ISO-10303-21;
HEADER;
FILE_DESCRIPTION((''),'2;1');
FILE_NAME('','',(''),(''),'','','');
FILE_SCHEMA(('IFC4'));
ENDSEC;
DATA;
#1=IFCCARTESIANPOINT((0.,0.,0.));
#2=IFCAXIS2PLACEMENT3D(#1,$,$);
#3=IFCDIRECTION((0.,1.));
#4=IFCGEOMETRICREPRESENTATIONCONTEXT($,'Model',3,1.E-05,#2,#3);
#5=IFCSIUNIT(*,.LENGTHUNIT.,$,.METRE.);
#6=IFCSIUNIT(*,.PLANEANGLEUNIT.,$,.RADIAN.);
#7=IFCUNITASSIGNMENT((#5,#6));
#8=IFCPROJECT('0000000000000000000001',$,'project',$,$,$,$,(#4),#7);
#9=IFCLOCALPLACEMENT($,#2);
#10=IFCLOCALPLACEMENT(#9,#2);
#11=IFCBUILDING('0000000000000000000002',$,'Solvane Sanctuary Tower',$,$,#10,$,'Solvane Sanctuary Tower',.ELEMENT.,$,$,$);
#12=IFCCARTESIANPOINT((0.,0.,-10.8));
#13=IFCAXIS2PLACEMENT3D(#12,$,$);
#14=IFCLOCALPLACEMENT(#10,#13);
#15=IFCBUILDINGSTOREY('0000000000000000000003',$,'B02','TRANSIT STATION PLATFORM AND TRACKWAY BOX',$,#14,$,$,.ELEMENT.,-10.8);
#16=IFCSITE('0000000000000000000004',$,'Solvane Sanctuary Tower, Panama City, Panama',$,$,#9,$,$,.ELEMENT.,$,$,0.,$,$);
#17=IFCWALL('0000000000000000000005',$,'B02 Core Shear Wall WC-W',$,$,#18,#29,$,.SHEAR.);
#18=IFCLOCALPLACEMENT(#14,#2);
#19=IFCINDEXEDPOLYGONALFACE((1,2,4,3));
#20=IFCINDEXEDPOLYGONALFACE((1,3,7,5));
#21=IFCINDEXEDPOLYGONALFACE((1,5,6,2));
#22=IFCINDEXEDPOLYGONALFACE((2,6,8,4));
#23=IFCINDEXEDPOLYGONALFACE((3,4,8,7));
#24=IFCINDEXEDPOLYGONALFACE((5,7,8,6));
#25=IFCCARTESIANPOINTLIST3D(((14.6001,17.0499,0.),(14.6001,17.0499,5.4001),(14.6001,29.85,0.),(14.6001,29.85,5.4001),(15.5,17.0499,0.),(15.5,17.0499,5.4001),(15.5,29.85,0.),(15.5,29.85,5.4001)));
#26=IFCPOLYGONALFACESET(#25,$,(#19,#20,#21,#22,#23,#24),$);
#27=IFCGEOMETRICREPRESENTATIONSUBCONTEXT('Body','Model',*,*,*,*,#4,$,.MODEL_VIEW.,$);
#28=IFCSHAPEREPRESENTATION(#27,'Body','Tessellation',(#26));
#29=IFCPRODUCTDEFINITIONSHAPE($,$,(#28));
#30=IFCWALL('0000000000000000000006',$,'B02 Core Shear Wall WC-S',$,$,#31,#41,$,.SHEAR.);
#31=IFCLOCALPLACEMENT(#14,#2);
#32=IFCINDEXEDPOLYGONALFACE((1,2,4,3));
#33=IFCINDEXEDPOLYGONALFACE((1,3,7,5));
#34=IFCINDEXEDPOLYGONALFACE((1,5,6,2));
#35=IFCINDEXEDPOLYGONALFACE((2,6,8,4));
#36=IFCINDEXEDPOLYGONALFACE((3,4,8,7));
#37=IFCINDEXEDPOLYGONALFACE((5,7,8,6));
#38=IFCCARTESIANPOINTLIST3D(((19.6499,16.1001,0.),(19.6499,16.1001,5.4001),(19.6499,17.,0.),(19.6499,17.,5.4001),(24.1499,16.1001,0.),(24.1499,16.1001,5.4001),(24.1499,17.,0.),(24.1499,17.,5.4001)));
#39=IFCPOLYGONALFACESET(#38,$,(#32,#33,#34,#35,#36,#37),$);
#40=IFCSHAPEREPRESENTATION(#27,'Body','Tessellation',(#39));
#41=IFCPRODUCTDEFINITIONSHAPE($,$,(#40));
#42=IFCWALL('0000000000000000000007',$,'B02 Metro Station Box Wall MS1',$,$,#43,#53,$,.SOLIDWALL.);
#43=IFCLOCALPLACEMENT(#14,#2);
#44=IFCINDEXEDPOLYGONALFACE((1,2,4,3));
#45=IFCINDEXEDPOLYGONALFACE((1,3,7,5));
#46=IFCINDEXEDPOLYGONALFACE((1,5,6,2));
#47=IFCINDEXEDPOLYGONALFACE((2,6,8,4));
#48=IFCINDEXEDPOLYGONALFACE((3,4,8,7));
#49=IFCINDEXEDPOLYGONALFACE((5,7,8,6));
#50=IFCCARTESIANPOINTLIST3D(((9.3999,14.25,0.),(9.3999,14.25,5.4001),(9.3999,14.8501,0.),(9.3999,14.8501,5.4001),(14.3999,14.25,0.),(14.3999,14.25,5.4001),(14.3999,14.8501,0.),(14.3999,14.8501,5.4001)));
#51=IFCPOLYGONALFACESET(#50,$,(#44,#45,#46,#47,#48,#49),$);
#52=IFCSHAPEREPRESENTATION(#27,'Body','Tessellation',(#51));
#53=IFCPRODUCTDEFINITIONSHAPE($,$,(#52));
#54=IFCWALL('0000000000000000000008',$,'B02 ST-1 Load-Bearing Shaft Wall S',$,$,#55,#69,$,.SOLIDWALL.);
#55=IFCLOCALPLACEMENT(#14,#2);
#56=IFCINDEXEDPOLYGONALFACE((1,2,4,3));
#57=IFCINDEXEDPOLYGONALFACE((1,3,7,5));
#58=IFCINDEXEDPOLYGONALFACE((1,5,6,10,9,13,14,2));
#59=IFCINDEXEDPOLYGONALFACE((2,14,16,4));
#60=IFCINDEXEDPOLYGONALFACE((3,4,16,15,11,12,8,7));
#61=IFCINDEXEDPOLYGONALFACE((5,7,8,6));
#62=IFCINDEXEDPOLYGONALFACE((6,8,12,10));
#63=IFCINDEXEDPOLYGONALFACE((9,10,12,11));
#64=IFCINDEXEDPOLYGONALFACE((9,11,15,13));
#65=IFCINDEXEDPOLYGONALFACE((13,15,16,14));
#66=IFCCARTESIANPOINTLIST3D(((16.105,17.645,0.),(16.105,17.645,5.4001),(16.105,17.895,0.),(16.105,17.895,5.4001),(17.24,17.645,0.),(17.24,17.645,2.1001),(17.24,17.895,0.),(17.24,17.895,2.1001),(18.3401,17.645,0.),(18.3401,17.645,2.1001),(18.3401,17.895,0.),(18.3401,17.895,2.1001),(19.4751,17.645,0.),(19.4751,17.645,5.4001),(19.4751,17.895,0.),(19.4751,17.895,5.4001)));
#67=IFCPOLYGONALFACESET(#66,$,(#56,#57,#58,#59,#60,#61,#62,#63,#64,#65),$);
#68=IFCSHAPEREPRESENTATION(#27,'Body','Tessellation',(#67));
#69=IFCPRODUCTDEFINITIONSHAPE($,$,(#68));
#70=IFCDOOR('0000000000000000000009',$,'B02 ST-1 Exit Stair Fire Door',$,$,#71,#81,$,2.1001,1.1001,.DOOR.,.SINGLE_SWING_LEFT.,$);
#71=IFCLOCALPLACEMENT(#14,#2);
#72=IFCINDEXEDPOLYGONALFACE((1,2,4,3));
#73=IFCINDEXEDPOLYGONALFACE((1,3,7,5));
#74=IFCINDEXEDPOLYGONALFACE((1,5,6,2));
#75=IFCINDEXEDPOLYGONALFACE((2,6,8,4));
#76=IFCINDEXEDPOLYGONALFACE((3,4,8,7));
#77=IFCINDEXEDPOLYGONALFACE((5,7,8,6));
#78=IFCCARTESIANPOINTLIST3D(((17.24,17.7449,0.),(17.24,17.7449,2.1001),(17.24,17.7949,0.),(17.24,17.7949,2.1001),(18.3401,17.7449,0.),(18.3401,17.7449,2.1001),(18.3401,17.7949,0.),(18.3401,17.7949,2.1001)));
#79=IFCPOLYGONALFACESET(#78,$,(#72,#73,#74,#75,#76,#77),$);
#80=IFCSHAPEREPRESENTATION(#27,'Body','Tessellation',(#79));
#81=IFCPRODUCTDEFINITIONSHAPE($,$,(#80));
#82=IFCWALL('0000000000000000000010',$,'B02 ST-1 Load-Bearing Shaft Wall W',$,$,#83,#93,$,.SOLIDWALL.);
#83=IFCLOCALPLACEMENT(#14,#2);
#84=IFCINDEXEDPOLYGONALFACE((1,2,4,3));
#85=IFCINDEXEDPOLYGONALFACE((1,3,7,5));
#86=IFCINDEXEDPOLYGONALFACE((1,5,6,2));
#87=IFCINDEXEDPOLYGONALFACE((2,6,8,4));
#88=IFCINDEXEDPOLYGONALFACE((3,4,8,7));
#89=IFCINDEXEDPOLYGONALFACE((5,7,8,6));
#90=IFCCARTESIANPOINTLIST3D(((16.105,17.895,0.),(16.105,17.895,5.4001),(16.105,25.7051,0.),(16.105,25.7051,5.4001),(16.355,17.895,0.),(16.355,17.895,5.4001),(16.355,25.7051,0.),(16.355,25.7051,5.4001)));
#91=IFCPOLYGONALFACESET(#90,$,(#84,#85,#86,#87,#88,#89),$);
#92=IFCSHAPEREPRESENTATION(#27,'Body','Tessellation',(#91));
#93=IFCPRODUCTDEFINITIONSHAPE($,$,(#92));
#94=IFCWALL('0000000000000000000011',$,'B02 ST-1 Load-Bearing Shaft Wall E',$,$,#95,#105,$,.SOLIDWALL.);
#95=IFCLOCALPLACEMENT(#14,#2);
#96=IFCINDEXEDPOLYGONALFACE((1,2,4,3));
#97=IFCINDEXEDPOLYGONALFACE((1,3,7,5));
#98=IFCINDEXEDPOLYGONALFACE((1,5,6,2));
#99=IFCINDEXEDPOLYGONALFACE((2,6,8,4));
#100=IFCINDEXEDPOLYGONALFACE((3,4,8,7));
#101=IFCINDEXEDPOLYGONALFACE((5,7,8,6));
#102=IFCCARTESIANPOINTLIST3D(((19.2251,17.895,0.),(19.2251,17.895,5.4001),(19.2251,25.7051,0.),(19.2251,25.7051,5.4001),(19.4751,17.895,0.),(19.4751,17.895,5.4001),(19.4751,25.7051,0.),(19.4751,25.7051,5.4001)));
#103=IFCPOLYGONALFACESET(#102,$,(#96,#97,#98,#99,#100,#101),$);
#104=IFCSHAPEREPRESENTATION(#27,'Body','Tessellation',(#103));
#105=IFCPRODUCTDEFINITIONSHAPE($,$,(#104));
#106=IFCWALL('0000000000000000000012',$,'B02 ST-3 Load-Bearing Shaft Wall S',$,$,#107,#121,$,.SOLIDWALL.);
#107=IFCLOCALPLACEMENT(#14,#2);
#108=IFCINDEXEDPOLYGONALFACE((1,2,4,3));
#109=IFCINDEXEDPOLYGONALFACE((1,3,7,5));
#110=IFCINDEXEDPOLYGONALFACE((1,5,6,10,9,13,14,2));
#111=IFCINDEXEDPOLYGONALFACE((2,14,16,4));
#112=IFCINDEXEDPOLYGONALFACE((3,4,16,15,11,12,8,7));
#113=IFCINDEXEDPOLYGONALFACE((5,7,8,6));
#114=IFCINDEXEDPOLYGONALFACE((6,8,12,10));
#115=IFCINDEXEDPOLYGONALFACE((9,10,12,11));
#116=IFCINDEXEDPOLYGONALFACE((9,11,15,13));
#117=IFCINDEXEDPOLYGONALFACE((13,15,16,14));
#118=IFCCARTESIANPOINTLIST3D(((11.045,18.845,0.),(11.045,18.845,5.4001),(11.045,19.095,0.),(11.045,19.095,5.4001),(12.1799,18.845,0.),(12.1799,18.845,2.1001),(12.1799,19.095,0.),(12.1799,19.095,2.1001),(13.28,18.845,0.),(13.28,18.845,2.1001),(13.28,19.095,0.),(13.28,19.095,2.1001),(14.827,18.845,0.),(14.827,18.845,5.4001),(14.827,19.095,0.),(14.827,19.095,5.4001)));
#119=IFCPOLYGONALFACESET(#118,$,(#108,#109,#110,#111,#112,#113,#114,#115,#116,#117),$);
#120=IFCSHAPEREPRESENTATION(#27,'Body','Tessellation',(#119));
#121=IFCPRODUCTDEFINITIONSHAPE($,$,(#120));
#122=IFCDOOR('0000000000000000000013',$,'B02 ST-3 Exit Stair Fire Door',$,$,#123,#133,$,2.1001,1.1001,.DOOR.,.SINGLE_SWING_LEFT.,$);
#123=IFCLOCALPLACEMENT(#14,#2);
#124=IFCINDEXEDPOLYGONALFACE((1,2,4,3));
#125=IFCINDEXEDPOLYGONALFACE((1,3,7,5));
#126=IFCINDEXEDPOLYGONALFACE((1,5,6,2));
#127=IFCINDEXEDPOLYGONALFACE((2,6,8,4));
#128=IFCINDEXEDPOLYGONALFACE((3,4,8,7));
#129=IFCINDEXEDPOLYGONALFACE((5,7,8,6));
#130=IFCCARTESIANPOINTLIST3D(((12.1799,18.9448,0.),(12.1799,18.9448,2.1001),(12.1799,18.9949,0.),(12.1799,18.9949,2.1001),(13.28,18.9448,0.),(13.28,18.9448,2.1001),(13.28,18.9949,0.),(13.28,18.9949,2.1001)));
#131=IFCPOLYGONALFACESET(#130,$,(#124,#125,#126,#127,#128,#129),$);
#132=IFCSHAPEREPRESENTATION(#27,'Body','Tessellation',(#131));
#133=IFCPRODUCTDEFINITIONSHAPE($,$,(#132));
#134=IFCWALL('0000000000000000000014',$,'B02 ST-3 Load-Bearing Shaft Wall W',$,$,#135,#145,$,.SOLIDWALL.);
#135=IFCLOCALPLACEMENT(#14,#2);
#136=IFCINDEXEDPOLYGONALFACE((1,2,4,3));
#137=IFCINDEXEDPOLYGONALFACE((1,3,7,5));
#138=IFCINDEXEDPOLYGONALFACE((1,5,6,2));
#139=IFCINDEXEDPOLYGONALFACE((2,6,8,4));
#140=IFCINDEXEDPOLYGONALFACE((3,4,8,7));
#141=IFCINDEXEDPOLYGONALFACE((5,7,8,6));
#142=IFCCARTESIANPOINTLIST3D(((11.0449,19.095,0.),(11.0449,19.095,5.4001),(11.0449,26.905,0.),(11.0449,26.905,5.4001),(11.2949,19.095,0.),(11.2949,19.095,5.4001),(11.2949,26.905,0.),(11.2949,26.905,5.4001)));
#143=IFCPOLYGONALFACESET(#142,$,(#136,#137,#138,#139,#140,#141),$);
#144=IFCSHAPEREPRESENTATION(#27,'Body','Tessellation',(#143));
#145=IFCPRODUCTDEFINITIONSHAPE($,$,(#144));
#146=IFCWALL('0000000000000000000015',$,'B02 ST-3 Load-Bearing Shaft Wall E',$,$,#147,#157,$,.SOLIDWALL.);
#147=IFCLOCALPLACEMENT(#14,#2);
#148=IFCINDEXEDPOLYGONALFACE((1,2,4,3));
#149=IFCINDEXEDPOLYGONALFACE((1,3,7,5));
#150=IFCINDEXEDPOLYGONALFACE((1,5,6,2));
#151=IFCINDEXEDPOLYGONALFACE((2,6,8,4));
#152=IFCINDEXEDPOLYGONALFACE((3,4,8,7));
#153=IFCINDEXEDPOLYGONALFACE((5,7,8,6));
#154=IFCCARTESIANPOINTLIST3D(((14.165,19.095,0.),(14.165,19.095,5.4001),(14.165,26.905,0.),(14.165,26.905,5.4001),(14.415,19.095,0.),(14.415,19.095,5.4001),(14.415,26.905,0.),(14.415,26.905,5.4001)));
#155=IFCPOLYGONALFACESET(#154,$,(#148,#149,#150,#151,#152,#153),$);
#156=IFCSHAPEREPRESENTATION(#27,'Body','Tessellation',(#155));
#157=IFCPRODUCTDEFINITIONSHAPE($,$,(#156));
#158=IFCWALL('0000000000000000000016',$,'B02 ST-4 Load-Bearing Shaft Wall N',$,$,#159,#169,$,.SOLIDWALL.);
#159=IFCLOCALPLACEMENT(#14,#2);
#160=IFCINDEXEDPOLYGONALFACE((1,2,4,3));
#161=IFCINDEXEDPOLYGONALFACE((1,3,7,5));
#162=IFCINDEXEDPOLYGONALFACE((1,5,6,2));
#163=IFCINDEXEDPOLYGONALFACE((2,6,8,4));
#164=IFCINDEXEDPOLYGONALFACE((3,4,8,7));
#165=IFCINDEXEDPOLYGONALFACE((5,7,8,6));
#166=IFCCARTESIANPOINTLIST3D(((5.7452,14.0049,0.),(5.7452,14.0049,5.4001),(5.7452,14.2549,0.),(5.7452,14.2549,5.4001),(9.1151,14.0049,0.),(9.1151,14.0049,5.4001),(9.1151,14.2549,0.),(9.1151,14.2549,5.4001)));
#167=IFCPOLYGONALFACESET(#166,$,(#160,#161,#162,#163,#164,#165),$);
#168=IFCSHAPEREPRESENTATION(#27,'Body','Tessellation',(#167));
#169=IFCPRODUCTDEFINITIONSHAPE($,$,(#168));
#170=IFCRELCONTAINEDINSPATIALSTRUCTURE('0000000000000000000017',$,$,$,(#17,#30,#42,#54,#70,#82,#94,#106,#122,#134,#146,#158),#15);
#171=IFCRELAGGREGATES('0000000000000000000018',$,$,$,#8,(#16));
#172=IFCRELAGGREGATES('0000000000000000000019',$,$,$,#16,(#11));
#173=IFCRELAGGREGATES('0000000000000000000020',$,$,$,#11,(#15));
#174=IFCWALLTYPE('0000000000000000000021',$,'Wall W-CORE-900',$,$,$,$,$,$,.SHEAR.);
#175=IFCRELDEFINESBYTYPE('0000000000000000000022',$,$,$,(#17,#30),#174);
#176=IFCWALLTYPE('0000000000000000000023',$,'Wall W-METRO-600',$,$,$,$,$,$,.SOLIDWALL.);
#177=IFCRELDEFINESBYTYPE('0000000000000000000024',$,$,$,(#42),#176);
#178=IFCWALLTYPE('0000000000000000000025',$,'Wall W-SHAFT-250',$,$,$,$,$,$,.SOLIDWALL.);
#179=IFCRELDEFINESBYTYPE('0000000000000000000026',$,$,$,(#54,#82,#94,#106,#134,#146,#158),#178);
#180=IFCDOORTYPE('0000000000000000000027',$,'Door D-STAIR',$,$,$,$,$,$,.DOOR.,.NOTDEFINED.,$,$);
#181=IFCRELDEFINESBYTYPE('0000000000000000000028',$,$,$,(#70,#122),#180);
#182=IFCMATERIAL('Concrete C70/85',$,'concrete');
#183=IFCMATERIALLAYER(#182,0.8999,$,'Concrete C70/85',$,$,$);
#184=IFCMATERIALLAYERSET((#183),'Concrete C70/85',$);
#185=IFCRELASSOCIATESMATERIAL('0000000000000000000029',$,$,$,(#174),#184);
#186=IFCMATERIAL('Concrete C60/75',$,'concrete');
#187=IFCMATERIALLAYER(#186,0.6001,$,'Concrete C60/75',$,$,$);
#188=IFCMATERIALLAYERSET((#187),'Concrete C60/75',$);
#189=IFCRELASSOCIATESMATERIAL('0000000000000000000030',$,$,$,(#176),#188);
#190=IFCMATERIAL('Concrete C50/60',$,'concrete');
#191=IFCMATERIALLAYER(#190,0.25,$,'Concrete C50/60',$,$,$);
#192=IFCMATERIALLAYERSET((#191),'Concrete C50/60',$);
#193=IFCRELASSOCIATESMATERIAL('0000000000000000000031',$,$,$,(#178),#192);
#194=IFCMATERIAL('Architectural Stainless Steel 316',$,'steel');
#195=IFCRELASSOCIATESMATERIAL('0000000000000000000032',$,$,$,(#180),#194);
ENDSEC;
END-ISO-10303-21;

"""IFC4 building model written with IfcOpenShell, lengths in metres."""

from ifc_helpers import new_model, si_unit, direction, frame, frame_2d, origin, place, context, subcontext, project, spatial, rectangle, extrude, material, layer, layer_set, type_object, element, fill, save


model = new_model("IFC4")

# Units and contexts
model_context = context("Model", 3, precision=1e-05, world=origin(), true_north=direction((0.0, 1.0)))
body_context = subcontext(model_context, "Body", "Model", "MODEL_VIEW")
ifc_project = project(units=[si_unit("LENGTHUNIT", "METRE"), si_unit("PLANEANGLEUNIT", "RADIAN")], contexts=[model_context])

# Site, building, storey
site_placement = place(None, origin())
site = spatial("IfcSite", under=ifc_project, at=site_placement, Name="Solvane Sanctuary Tower, Panama City, Panama", CompositionType="ELEMENT", RefElevation=0.0)
building_placement = place(site_placement, origin())
building = spatial("IfcBuilding", under=site, at=building_placement, Name="Solvane Sanctuary Tower", LongName="Solvane Sanctuary Tower", CompositionType="ELEMENT")
storey_placement = place(building_placement, frame((0.0, 0.0, -10.8)))
storey = spatial("IfcBuildingStorey", under=building, at=storey_placement, Name="B02", Description="TRANSIT STATION PLATFORM AND TRACKWAY BOX", CompositionType="ELEMENT", Elevation=-10.8)

# Shared definitions
ifc_material_1 = material(Name="Concrete C70/85", Category="concrete")

# Walls
ifc_layer_1 = layer(ifc_material_1, 0.8999, Name="Concrete C70/85")
ifc_layer_set_1 = layer_set([ifc_layer_1], Name="Concrete C70/85")
wall_type_1 = type_object("IfcWallType", Name="Wall W-CORE-900", PredefinedType="SHEAR", material=ifc_layer_set_1)
wall_1_placement = place(storey_placement, frame((15.05, 17.05, 0.0), z_axis=(0.0, 0.0, 1.0), x_axis=(0.0, 1.0, 0.0)))
element("IfcWall", 1, at=wall_1_placement, inside=storey, type_object=wall_type_1, Name="B02 Core Shear Wall WC-W", PredefinedType="SHEAR", context=body_context, shape_type="SweptSolid", body=[
    extrude(rectangle(XDim=12.8, YDim=0.8999, at=frame_2d((6.3999, 0.0))), origin(), (0.0, 0.0, 1.0), 5.4001),
])
wall_2_placement = place(storey_placement, frame((19.6499, 16.55, 0.0), z_axis=(0.0, 0.0, 1.0), x_axis=(1.0, 0.0, 0.0)))
element("IfcWall", 2, at=wall_2_placement, inside=storey, type_object=wall_type_1, Name="B02 Core Shear Wall WC-S", PredefinedType="SHEAR", context=body_context, shape_type="SweptSolid", body=[
    extrude(rectangle(XDim=4.5, YDim=0.8999, at=frame_2d((2.25, 0.0))), origin(), (0.0, 0.0, 1.0), 5.4001),
])
ifc_material_2 = material(Name="Concrete C60/75", Category="concrete")
ifc_layer_2 = layer(ifc_material_2, 0.6001, Name="Concrete C60/75")
ifc_layer_set_2 = layer_set([ifc_layer_2], Name="Concrete C60/75")
wall_type_2 = type_object("IfcWallType", Name="Wall W-METRO-600", PredefinedType="SOLIDWALL", material=ifc_layer_set_2)
wall_3_placement = place(storey_placement, frame((9.3999, 14.55, 0.0), z_axis=(0.0, 0.0, 1.0), x_axis=(1.0, 0.0, 0.0)))
element("IfcWall", 3, at=wall_3_placement, inside=storey, type_object=wall_type_2, Name="B02 Metro Station Box Wall MS1", PredefinedType="SOLIDWALL", context=body_context, shape_type="SweptSolid", body=[
    extrude(rectangle(XDim=5.0, YDim=0.6001, at=frame_2d((2.5, 0.0))), origin(), (0.0, 0.0, 1.0), 5.4001),
])

# Wall, opening, door
ifc_material_3 = material(Name="Concrete C50/60", Category="concrete")
ifc_layer_3 = layer(ifc_material_3, 0.25, Name="Concrete C50/60")
ifc_layer_set_3 = layer_set([ifc_layer_3], Name="Concrete C50/60")
wall_type_3 = type_object("IfcWallType", Name="Wall W-SHAFT-250", PredefinedType="SOLIDWALL", material=ifc_layer_set_3)
wall_4_placement = place(storey_placement, frame((16.105, 17.77, 0.0), z_axis=(0.0, 0.0, 1.0), x_axis=(1.0, 0.0, 0.0)))
wall_4 = element("IfcWall", 4, at=wall_4_placement, inside=storey, type_object=wall_type_3, Name="B02 ST-1 Load-Bearing Shaft Wall S", PredefinedType="SOLIDWALL", context=body_context, shape_type="SweptSolid", body=[
    extrude(rectangle(XDim=3.3701, YDim=0.25, at=frame_2d((1.6851, 0.0))), origin(), (0.0, 0.0, 1.0), 5.4001),
])
opening_1_placement = place(wall_4_placement, frame((1.135, 0.0, 0.0)))
opening_1 = element("IfcOpeningElement", 5, at=opening_1_placement, cuts=wall_4, PredefinedType="OPENING", context=body_context, shape_type="SweptSolid", body=[
    extrude(rectangle(XDim=1.1001, YDim=2.1001, at=frame_2d((0.55, 1.05))), frame((0.0, 0.135, 0.0), z_axis=(0.0, -1.0, 0.0), x_axis=(1.0, 0.0, 0.0)), (0.0, 0.0, 1.0), 0.27),
])
ifc_material_4 = material(Name="Architectural Stainless Steel 316", Category="steel")
door_type = type_object("IfcDoorType", Name="Door D-STAIR", OperationType="NOTDEFINED", PredefinedType="DOOR", material=ifc_material_4)
door_1_placement = place(opening_1_placement, origin())
door_1 = element("IfcDoor", 6, at=door_1_placement, inside=storey, type_object=door_type, Name="B02 ST-1 Exit Stair Fire Door", OperationType="SINGLE_SWING_LEFT", OverallHeight=2.1001, OverallWidth=1.1001, PredefinedType="DOOR", context=body_context, shape_type="SweptSolid", body=[
    extrude(rectangle(XDim=1.1001, YDim=2.1001, at=frame_2d((0.55, 1.05))), frame((0.0, 0.0249, 0.0), z_axis=(0.0, -1.0, 0.0), x_axis=(1.0, 0.0, 0.0)), (0.0, 0.0, 1.0), 0.05),
])
fill(opening_1, door_1)

# Walls
for number, where, z_axis, x_axis, name in (
    (7, (16.23, 17.895, 0.0), (0.0, 0.0, 1.0), (0.0, 1.0, 0.0), "B02 ST-1 Load-Bearing Shaft Wall W"),
    (8, (19.3501, 17.895, 0.0), (0.0, 0.0, 1.0), (0.0, 1.0, 0.0), "B02 ST-1 Load-Bearing Shaft Wall E"),
):
    element("IfcWall", number, at=place(storey_placement, frame(where, z_axis=z_axis, x_axis=x_axis)), inside=storey, type_object=wall_type_3, Name=name, PredefinedType="SOLIDWALL", context=body_context, shape_type="SweptSolid", body=[
        extrude(rectangle(XDim=7.8101, YDim=0.25, at=frame_2d((3.905, 0.0))), origin(), (0.0, 0.0, 1.0), 5.4001),
    ])

# Wall, opening, door
wall_5_placement = place(storey_placement, frame((11.0449, 18.97, 0.0), z_axis=(0.0, 0.0, 1.0), x_axis=(1.0, 0.0, 0.0)))
wall_5 = element("IfcWall", 9, at=wall_5_placement, inside=storey, type_object=wall_type_3, Name="B02 ST-3 Load-Bearing Shaft Wall S", PredefinedType="SOLIDWALL", context=body_context, shape_type="SweptSolid", body=[
    extrude(rectangle(XDim=3.782, YDim=0.25, at=frame_2d((1.8911, 0.0))), origin(), (0.0, 0.0, 1.0), 5.4001),
])
opening_2_placement = place(wall_5_placement, frame((1.135, 0.0, 0.0)))
opening_2 = element("IfcOpeningElement", 10, at=opening_2_placement, cuts=wall_5, PredefinedType="OPENING", context=body_context, shape_type="SweptSolid", body=[
    extrude(rectangle(XDim=1.1001, YDim=2.1001, at=frame_2d((0.55, 1.05))), frame((0.0, 0.135, 0.0), z_axis=(0.0, -1.0, 0.0), x_axis=(1.0, 0.0, 0.0)), (0.0, 0.0, 1.0), 0.27),
])
door_2_placement = place(opening_2_placement, origin())
door_2 = element("IfcDoor", 11, at=door_2_placement, inside=storey, type_object=door_type, Name="B02 ST-3 Exit Stair Fire Door", OperationType="SINGLE_SWING_LEFT", OverallHeight=2.1001, OverallWidth=1.1001, PredefinedType="DOOR", context=body_context, shape_type="SweptSolid", body=[
    extrude(rectangle(XDim=1.1001, YDim=2.1001, at=frame_2d((0.55, 1.05))), frame((0.0, 0.0249, 0.0), z_axis=(0.0, -1.0, 0.0), x_axis=(1.0, 0.0, 0.0)), (0.0, 0.0, 1.0), 0.05),
])
fill(opening_2, door_2)

# Walls
for number, where, z_axis, x_axis, name in (
    (12, (11.1699, 19.095, 0.0), (0.0, 0.0, 1.0), (0.0, 1.0, 0.0), "B02 ST-3 Load-Bearing Shaft Wall W"),
    (13, (14.29, 19.095, 0.0), (0.0, 0.0, 1.0), (0.0, 1.0, 0.0), "B02 ST-3 Load-Bearing Shaft Wall E"),
):
    element("IfcWall", number, at=place(storey_placement, frame(where, z_axis=z_axis, x_axis=x_axis)), inside=storey, type_object=wall_type_3, Name=name, PredefinedType="SOLIDWALL", context=body_context, shape_type="SweptSolid", body=[
        extrude(rectangle(XDim=7.8101, YDim=0.25, at=frame_2d((3.905, 0.0))), origin(), (0.0, 0.0, 1.0), 5.4001),
    ])
wall_6_placement = place(storey_placement, frame((5.7451, 14.1299, 0.0), z_axis=(0.0, 0.0, 1.0), x_axis=(1.0, 0.0, 0.0)))
element("IfcWall", 14, at=wall_6_placement, inside=storey, type_object=wall_type_3, Name="B02 ST-4 Load-Bearing Shaft Wall N", PredefinedType="SOLIDWALL", context=body_context, shape_type="SweptSolid", body=[
    extrude(rectangle(XDim=3.3699, YDim=0.25, at=frame_2d((1.6851, 0.0))), origin(), (0.0, 0.0, 1.0), 5.4001),
])

save(model, "model.ifc")
